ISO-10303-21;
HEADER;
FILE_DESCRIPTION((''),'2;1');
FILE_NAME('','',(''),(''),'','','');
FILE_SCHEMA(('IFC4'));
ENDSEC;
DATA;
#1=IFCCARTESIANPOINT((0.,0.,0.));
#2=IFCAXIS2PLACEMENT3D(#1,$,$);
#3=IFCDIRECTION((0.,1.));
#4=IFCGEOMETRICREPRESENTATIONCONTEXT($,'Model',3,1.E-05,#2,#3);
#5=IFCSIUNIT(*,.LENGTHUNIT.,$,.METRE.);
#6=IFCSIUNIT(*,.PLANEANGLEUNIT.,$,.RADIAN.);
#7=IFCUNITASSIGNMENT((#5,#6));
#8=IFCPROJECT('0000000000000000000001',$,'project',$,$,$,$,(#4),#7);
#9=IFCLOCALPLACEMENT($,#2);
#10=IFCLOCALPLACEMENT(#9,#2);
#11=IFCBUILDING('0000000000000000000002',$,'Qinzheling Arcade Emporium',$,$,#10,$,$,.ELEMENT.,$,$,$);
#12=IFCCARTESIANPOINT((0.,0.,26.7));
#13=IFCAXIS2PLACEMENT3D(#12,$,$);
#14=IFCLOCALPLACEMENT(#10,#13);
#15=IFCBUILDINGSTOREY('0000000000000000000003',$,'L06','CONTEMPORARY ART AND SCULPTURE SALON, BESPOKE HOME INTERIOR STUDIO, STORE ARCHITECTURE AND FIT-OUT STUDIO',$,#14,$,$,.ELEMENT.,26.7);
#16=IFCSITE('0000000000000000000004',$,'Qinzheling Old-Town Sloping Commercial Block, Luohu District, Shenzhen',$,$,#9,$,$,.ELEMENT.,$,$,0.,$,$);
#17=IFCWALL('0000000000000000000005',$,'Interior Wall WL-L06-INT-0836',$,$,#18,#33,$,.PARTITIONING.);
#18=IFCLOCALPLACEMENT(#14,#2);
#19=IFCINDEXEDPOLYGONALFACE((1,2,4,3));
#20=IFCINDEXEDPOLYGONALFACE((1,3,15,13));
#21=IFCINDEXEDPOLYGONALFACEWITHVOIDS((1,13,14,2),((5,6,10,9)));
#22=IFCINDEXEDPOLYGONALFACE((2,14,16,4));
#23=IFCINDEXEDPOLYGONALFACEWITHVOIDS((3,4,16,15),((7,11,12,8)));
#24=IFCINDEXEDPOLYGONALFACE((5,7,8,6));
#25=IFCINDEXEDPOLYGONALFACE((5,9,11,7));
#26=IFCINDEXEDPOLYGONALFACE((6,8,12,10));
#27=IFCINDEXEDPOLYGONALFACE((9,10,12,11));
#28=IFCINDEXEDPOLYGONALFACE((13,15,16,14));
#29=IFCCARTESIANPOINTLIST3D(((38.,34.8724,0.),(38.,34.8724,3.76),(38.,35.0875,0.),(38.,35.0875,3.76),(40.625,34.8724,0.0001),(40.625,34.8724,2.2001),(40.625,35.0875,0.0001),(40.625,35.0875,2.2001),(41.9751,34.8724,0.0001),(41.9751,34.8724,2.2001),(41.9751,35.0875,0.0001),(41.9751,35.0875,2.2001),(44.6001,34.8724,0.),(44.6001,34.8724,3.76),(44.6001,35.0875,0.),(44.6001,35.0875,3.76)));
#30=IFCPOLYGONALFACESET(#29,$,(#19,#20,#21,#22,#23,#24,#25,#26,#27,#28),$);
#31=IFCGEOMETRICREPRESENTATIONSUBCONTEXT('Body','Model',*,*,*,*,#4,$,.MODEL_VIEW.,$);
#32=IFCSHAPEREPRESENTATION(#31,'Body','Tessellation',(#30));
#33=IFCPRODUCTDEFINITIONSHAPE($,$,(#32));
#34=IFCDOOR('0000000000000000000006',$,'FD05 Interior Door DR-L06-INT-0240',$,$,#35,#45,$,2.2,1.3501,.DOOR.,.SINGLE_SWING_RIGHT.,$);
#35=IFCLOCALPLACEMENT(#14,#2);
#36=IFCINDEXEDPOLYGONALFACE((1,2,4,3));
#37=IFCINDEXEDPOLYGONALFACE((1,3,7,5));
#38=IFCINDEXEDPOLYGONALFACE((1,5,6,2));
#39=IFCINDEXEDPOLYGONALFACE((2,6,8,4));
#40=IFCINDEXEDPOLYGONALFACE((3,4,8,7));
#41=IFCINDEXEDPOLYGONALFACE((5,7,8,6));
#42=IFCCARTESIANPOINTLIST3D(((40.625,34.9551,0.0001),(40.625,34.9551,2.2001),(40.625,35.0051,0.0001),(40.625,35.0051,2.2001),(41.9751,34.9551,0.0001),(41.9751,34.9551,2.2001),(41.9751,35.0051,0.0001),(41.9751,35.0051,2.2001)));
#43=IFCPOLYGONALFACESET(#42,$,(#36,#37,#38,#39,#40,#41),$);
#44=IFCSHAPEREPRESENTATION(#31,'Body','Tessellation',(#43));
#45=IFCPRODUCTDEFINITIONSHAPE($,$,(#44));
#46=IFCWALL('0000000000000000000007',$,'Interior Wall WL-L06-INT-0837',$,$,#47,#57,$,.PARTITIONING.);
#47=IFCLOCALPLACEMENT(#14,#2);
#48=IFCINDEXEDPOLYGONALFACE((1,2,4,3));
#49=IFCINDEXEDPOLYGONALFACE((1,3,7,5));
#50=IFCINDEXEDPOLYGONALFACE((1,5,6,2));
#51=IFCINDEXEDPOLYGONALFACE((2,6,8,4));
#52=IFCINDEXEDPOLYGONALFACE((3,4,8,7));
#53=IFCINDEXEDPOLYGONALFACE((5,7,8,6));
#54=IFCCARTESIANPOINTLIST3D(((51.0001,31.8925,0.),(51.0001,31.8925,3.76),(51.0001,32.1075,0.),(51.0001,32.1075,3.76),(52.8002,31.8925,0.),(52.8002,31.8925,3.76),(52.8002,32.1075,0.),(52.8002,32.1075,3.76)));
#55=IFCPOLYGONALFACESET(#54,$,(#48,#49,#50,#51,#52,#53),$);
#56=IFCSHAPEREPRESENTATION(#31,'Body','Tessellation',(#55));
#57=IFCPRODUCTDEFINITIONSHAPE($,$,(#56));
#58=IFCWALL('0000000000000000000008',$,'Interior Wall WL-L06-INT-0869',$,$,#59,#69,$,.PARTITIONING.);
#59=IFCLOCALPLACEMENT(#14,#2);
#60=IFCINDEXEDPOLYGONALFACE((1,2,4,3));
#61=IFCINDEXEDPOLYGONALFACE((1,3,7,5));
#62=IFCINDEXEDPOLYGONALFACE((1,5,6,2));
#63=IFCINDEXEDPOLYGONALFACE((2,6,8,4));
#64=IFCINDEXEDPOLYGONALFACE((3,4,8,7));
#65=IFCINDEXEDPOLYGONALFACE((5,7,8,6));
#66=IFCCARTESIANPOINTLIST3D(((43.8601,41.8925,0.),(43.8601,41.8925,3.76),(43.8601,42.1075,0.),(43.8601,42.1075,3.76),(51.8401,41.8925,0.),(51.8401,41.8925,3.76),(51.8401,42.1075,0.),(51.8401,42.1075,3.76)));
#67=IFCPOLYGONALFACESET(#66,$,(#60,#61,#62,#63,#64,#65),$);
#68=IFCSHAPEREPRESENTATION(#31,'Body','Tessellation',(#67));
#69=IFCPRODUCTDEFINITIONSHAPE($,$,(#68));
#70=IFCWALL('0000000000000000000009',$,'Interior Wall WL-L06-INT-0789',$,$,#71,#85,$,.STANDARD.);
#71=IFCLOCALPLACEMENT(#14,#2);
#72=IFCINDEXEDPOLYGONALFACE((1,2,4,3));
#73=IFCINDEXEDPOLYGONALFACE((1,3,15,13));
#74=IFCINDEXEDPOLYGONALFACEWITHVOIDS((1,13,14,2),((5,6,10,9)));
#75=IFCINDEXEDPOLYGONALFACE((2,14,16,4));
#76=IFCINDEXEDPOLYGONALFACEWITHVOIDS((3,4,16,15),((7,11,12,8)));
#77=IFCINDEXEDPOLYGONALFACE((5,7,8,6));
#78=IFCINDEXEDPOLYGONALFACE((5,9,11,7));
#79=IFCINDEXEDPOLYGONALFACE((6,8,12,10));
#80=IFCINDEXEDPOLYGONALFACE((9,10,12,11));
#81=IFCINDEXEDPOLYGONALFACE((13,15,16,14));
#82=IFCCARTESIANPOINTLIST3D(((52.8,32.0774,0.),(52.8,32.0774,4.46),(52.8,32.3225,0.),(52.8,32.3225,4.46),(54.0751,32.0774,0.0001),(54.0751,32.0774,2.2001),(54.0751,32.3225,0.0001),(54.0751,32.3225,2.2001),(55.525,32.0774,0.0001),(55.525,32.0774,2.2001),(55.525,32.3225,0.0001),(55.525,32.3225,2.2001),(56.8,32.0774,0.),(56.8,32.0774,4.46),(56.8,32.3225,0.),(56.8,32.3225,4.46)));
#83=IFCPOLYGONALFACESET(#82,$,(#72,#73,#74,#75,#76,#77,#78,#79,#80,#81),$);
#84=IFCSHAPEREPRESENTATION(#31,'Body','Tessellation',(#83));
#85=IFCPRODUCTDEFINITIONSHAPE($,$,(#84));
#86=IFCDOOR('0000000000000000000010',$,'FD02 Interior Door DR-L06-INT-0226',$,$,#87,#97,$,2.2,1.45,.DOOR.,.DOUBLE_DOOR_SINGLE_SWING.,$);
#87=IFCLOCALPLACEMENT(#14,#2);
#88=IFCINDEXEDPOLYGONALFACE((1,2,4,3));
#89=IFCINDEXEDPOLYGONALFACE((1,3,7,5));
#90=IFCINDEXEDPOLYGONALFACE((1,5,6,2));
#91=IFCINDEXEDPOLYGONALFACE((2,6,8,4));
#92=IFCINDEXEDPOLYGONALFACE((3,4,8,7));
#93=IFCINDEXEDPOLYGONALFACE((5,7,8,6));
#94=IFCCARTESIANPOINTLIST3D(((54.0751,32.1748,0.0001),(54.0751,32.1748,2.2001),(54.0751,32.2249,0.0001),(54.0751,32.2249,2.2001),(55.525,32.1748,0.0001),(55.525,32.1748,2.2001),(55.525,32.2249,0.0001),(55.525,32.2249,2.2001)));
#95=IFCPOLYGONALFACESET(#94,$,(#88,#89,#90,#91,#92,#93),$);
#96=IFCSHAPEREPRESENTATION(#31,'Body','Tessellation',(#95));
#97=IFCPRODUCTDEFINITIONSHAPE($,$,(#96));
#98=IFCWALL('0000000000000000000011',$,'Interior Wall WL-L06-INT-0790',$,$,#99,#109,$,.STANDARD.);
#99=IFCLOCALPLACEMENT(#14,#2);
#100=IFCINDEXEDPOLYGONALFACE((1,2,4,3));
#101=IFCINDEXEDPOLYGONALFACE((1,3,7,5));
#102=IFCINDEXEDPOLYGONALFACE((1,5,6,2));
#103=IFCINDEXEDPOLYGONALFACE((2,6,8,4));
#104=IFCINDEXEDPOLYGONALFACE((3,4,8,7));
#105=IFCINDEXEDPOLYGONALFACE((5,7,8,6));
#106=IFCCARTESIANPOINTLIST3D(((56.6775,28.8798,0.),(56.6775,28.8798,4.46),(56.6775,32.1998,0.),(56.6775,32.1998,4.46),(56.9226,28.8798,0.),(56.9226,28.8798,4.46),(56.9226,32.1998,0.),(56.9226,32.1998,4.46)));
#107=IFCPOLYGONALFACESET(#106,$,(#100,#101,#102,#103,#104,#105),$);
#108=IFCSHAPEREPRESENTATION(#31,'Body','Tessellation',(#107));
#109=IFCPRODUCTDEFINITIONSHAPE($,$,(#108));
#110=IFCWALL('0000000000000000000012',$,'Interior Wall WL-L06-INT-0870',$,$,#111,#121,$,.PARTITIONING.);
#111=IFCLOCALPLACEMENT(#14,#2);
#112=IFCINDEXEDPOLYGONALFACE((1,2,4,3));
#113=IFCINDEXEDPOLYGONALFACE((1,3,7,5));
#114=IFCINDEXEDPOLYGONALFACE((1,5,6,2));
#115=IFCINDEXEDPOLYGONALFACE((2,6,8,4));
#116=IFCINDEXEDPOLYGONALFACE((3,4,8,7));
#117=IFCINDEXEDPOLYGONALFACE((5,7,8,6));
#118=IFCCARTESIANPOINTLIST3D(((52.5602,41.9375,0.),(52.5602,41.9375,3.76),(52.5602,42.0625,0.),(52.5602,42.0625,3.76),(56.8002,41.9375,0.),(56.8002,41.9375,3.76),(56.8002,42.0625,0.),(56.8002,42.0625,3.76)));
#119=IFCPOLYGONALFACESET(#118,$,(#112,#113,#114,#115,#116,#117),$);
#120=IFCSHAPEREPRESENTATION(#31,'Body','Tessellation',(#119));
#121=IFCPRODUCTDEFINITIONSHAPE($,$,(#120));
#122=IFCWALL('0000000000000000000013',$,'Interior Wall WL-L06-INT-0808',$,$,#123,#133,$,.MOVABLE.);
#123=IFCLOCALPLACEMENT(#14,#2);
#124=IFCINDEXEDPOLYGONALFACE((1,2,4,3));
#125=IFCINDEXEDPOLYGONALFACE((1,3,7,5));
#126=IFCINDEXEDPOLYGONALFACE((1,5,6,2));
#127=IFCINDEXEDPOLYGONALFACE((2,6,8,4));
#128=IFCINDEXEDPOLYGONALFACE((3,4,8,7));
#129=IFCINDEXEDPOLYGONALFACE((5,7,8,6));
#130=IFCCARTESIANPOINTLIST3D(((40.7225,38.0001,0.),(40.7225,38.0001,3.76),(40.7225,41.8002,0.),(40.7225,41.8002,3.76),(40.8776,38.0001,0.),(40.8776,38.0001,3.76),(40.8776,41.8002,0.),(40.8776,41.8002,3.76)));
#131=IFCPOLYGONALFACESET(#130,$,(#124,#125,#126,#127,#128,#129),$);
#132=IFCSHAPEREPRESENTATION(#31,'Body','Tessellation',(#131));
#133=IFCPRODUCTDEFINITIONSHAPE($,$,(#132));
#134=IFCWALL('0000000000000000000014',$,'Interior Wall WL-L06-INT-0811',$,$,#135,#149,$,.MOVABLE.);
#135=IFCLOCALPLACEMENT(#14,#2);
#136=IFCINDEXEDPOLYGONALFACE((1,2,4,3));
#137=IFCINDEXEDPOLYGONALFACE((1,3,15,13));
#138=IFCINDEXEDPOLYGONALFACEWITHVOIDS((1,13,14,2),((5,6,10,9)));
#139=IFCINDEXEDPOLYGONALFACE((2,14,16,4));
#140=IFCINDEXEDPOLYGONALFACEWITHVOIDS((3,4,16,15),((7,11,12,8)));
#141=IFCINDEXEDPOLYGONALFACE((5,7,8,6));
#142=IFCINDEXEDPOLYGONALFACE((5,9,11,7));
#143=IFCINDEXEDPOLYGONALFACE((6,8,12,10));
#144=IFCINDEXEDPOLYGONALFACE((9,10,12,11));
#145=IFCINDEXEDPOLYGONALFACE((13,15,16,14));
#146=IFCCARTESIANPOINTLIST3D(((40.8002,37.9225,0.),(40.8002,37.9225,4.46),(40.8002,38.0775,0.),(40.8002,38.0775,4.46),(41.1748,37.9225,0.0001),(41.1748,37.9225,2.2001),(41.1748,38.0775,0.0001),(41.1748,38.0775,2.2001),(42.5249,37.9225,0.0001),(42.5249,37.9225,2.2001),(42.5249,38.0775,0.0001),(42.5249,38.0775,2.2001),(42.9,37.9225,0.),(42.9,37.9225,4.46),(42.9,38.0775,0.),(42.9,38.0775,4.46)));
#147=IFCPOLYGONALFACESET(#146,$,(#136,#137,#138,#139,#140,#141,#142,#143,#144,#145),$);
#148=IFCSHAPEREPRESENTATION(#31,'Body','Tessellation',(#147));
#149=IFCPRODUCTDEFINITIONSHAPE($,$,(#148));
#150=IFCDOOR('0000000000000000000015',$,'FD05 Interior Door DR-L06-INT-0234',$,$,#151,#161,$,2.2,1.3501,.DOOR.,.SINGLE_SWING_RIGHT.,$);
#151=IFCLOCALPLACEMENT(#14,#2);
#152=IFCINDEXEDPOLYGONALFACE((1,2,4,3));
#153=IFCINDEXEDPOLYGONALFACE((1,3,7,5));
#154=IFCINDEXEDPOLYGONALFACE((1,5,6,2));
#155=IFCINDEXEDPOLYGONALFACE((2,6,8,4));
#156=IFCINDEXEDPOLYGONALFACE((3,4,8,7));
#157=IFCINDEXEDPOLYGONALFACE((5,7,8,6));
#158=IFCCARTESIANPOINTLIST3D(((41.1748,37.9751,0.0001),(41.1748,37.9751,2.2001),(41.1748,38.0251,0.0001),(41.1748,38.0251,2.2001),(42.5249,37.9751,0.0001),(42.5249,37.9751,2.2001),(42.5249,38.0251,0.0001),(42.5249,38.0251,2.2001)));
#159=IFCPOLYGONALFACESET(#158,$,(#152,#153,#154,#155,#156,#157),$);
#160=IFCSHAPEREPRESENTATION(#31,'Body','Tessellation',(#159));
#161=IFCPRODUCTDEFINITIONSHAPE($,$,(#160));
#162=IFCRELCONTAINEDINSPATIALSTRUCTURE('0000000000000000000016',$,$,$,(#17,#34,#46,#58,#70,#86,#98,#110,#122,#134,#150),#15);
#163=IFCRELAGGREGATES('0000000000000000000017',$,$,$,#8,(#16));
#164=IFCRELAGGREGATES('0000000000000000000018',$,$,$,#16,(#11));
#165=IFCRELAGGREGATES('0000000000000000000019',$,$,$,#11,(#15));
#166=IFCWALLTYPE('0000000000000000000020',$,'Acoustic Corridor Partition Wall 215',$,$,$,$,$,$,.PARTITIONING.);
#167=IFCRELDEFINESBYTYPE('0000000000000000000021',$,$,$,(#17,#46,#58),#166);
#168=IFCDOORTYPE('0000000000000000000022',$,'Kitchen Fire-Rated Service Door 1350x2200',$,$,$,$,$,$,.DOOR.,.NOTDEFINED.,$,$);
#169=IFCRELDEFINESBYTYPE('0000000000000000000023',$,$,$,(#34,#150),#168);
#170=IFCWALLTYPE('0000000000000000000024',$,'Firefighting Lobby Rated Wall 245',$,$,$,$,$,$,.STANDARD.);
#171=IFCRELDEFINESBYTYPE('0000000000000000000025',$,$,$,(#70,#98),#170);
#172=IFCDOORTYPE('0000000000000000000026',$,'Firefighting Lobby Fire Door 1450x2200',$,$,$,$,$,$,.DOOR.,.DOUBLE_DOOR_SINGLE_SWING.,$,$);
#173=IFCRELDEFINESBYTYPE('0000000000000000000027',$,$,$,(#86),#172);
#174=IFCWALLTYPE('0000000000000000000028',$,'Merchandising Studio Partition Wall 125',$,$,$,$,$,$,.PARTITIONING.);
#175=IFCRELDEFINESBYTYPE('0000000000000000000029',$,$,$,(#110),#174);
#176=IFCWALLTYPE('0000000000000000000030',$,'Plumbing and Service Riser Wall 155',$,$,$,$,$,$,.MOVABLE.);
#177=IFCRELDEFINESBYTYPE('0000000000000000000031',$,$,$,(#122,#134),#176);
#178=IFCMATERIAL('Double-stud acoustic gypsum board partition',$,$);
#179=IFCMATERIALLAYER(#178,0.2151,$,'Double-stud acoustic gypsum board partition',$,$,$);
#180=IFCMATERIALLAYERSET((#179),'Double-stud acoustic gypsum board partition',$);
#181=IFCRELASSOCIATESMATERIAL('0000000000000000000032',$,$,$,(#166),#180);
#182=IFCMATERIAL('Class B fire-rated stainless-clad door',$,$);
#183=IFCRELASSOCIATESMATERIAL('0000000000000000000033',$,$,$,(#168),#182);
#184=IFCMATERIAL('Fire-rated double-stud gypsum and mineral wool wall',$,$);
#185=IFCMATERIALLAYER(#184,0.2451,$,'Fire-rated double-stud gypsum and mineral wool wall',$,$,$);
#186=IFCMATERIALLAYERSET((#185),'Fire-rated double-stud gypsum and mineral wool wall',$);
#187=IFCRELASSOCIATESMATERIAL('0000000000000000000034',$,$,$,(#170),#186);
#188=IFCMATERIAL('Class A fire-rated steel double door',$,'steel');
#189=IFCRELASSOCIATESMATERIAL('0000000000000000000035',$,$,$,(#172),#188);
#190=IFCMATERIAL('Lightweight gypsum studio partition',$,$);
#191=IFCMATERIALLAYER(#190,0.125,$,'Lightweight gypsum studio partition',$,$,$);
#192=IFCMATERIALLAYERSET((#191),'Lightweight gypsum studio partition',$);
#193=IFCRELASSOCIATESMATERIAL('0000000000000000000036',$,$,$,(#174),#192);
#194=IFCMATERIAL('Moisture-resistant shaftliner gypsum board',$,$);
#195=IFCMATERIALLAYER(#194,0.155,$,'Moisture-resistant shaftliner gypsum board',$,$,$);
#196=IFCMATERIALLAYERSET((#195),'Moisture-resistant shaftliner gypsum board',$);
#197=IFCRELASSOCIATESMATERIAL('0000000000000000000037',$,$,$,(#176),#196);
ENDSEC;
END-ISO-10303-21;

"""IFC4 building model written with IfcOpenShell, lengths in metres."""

from ifc_helpers import new_model, si_unit, direction, frame, frame_2d, origin, place, context, subcontext, project, spatial, rectangle, extrude, material, layer, layer_set, type_object, element, fill, save


model = new_model("IFC4")

# Units and contexts
model_context = context("Model", 3, precision=1e-05, world=origin(), true_north=direction((0.0, 1.0)))
body_context = subcontext(model_context, "Body", "Model", "MODEL_VIEW")
ifc_project = project(units=[si_unit("LENGTHUNIT", "METRE"), si_unit("PLANEANGLEUNIT", "RADIAN")], contexts=[model_context])

# Site, building, storey
site_placement = place(None, origin())
site = spatial("IfcSite", under=ifc_project, at=site_placement, Name="Qinzheling Old-Town Sloping Commercial Block, Luohu District, Shenzhen", CompositionType="ELEMENT", RefElevation=0.0)
building_placement = place(site_placement, origin())
building = spatial("IfcBuilding", under=site, at=building_placement, Name="Qinzheling Arcade Emporium", CompositionType="ELEMENT")
storey_placement = place(building_placement, frame((0.0, 0.0, 26.7)))
storey = spatial("IfcBuildingStorey", under=building, at=storey_placement, Name="L06", Description="CONTEMPORARY ART AND SCULPTURE SALON, BESPOKE HOME INTERIOR STUDIO, STORE ARCHITECTURE AND FIT-OUT STUDIO", CompositionType="ELEMENT", Elevation=26.7)

# Shared definitions
ifc_material_1 = material(Name="Double-stud acoustic gypsum board partition")
ifc_layer_1 = layer(ifc_material_1, 0.2151, Name="Double-stud acoustic gypsum board partition")
ifc_layer_set_1 = layer_set([ifc_layer_1], Name="Double-stud acoustic gypsum board partition")
wall_type_1 = type_object("IfcWallType", Name="Acoustic Corridor Partition Wall 215", PredefinedType="PARTITIONING", material=ifc_layer_set_1)

# Wall, opening, door
wall_1_placement = place(storey_placement, frame((44.6001, 34.98, 0.0), z_axis=(0.0, 0.0, 1.0), x_axis=(-1.0, 0.0, 0.0)))
wall_1 = element("IfcWall", 1, at=wall_1_placement, inside=storey, type_object=wall_type_1, Name="Interior Wall WL-L06-INT-0836", PredefinedType="PARTITIONING", context=body_context, shape_type="SweptSolid", body=[
    extrude(rectangle(XDim=6.6001, YDim=0.2151, at=frame_2d((3.3, 0.0))), origin(), (0.0, 0.0, 1.0), 3.76),
])
opening_1_placement = place(wall_1_placement, frame((2.625, 0.0, 0.0)))
opening_1 = element("IfcOpeningElement", 2, at=opening_1_placement, cuts=wall_1, PredefinedType="OPENING", context=body_context, shape_type="SweptSolid", body=[
    extrude(rectangle(XDim=1.3501, YDim=2.2, at=frame_2d((0.675, 1.1001))), frame((0.0, 0.1177, 0.0), z_axis=(0.0, -1.0, 0.0), x_axis=(1.0, 0.0, 0.0)), (0.0, 0.0, 1.0), 0.2351),
])
ifc_material_2 = material(Name="Class B fire-rated stainless-clad door")
door_type_1 = type_object("IfcDoorType", Name="Kitchen Fire-Rated Service Door 1350x2200", OperationType="NOTDEFINED", PredefinedType="DOOR", material=ifc_material_2)
door_1_placement = place(opening_1_placement, origin())
door_1 = element("IfcDoor", 3, at=door_1_placement, inside=storey, type_object=door_type_1, Name="FD05 Interior Door DR-L06-INT-0240", OperationType="SINGLE_SWING_RIGHT", OverallHeight=2.2, OverallWidth=1.3501, PredefinedType="DOOR", context=body_context, shape_type="SweptSolid", body=[
    extrude(rectangle(XDim=1.3501, YDim=2.2, at=frame_2d((0.675, 1.1001))), frame((0.0, 0.0249, 0.0), z_axis=(0.0, -1.0, 0.0), x_axis=(1.0, 0.0, 0.0)), (0.0, 0.0, 1.0), 0.05),
])
fill(opening_1, door_1)

# Walls
wall_2_placement = place(storey_placement, frame((52.8, 32.0, 0.0), z_axis=(0.0, 0.0, 1.0), x_axis=(-1.0, 0.0, 0.0)))
element("IfcWall", 4, at=wall_2_placement, inside=storey, type_object=wall_type_1, Name="Interior Wall WL-L06-INT-0837", PredefinedType="PARTITIONING", context=body_context, shape_type="SweptSolid", body=[
    extrude(rectangle(XDim=1.8, YDim=0.2151, at=frame_2d((0.8999, 0.0))), origin(), (0.0, 0.0, 1.0), 3.76),
])
wall_3_placement = place(storey_placement, frame((43.8601, 42.0, 0.0), z_axis=(0.0, 0.0, 1.0), x_axis=(1.0, 0.0, 0.0)))
element("IfcWall", 5, at=wall_3_placement, inside=storey, type_object=wall_type_1, Name="Interior Wall WL-L06-INT-0869", PredefinedType="PARTITIONING", context=body_context, shape_type="SweptSolid", body=[
    extrude(rectangle(XDim=7.98, YDim=0.2151, at=frame_2d((3.99, 0.0))), origin(), (0.0, 0.0, 1.0), 3.76),
])

# Wall, opening, door
ifc_material_3 = material(Name="Fire-rated double-stud gypsum and mineral wool wall")
ifc_layer_2 = layer(ifc_material_3, 0.2451, Name="Fire-rated double-stud gypsum and mineral wool wall")
ifc_layer_set_2 = layer_set([ifc_layer_2], Name="Fire-rated double-stud gypsum and mineral wool wall")
wall_type_2 = type_object("IfcWallType", Name="Firefighting Lobby Rated Wall 245", PredefinedType="STANDARD", material=ifc_layer_set_2)
wall_4_placement = place(storey_placement, frame((52.8, 32.2, 0.0), z_axis=(0.0, 0.0, 1.0), x_axis=(1.0, 0.0, 0.0)))
wall_4 = element("IfcWall", 6, at=wall_4_placement, inside=storey, type_object=wall_type_2, Name="Interior Wall WL-L06-INT-0789", PredefinedType="STANDARD", context=body_context, shape_type="SweptSolid", body=[
    extrude(rectangle(XDim=4.0, YDim=0.2451, at=frame_2d((2.0, 0.0))), origin(), (0.0, 0.0, 1.0), 4.46),
])
opening_2_placement = place(wall_4_placement, frame((1.2749, 0.0, 0.0)))
opening_2 = element("IfcOpeningElement", 7, at=opening_2_placement, cuts=wall_4, PredefinedType="OPENING", context=body_context, shape_type="SweptSolid", body=[
    extrude(rectangle(XDim=1.45, YDim=2.2, at=frame_2d((0.7251, 1.1001))), frame((0.0, 0.1326, 0.0), z_axis=(0.0, -1.0, 0.0), x_axis=(1.0, 0.0, 0.0)), (0.0, 0.0, 1.0), 0.2651),
])
ifc_material_4 = material(Name="Class A fire-rated steel double door", Category="steel")
door_type_2 = type_object("IfcDoorType", Name="Firefighting Lobby Fire Door 1450x2200", OperationType="DOUBLE_DOOR_SINGLE_SWING", PredefinedType="DOOR", material=ifc_material_4)
door_2_placement = place(opening_2_placement, origin())
door_2 = element("IfcDoor", 8, at=door_2_placement, inside=storey, type_object=door_type_2, Name="FD02 Interior Door DR-L06-INT-0226", OperationType="DOUBLE_DOOR_SINGLE_SWING", OverallHeight=2.2, OverallWidth=1.45, PredefinedType="DOOR", context=body_context, shape_type="SweptSolid", body=[
    extrude(rectangle(XDim=1.45, YDim=2.2, at=frame_2d((0.7251, 1.1001))), frame((0.0, 0.0249, 0.0), z_axis=(0.0, -1.0, 0.0), x_axis=(1.0, 0.0, 0.0)), (0.0, 0.0, 1.0), 0.05),
])
fill(opening_2, door_2)

# Walls
wall_5_placement = place(storey_placement, frame((56.8, 32.2, 0.0), z_axis=(0.0, 0.0, 1.0), x_axis=(0.0, -1.0, 0.0)))
element("IfcWall", 9, at=wall_5_placement, inside=storey, type_object=wall_type_2, Name="Interior Wall WL-L06-INT-0790", PredefinedType="STANDARD", context=body_context, shape_type="SweptSolid", body=[
    extrude(rectangle(XDim=3.3201, YDim=0.2451, at=frame_2d((1.6602, 0.0))), origin(), (0.0, 0.0, 1.0), 4.46),
])
ifc_material_5 = material(Name="Lightweight gypsum studio partition")
ifc_layer_3 = layer(ifc_material_5, 0.125, Name="Lightweight gypsum studio partition")
ifc_layer_set_3 = layer_set([ifc_layer_3], Name="Lightweight gypsum studio partition")
wall_type_3 = type_object("IfcWallType", Name="Merchandising Studio Partition Wall 125", PredefinedType="PARTITIONING", material=ifc_layer_set_3)
wall_6_placement = place(storey_placement, frame((52.5601, 42.0, 0.0), z_axis=(0.0, 0.0, 1.0), x_axis=(1.0, 0.0, 0.0)))
element("IfcWall", 10, at=wall_6_placement, inside=storey, type_object=wall_type_3, Name="Interior Wall WL-L06-INT-0870", PredefinedType="PARTITIONING", context=body_context, shape_type="SweptSolid", body=[
    extrude(rectangle(XDim=4.24, YDim=0.125, at=frame_2d((2.1201, 0.0))), origin(), (0.0, 0.0, 1.0), 3.76),
])
ifc_material_6 = material(Name="Moisture-resistant shaftliner gypsum board")
ifc_layer_4 = layer(ifc_material_6, 0.155, Name="Moisture-resistant shaftliner gypsum board")
ifc_layer_set_4 = layer_set([ifc_layer_4], Name="Moisture-resistant shaftliner gypsum board")
wall_type_4 = type_object("IfcWallType", Name="Plumbing and Service Riser Wall 155", PredefinedType="MOVABLE", material=ifc_layer_set_4)
wall_7_placement = place(storey_placement, frame((40.8, 41.8, 0.0), z_axis=(0.0, 0.0, 1.0), x_axis=(0.0, -1.0, 0.0)))
element("IfcWall", 11, at=wall_7_placement, inside=storey, type_object=wall_type_4, Name="Interior Wall WL-L06-INT-0808", PredefinedType="MOVABLE", context=body_context, shape_type="SweptSolid", body=[
    extrude(rectangle(XDim=3.8, YDim=0.155, at=frame_2d((1.8999, 0.0))), origin(), (0.0, 0.0, 1.0), 3.76),
])

# Wall, opening, door
wall_8_placement = place(storey_placement, frame((42.8999, 38.0, 0.0), z_axis=(0.0, 0.0, 1.0), x_axis=(-1.0, 0.0, 0.0)))
wall_8 = element("IfcWall", 12, at=wall_8_placement, inside=storey, type_object=wall_type_4, Name="Interior Wall WL-L06-INT-0811", PredefinedType="MOVABLE", context=body_context, shape_type="SweptSolid", body=[
    extrude(rectangle(XDim=2.0999, YDim=0.155, at=frame_2d((1.0498, 0.0))), origin(), (0.0, 0.0, 1.0), 4.46),
])
opening_3_placement = place(wall_8_placement, frame((0.375, 0.0, 0.0)))
opening_3 = element("IfcOpeningElement", 13, at=opening_3_placement, cuts=wall_8, PredefinedType="OPENING", context=body_context, shape_type="SweptSolid", body=[
    extrude(rectangle(XDim=1.3501, YDim=2.2, at=frame_2d((0.675, 1.1001))), frame((0.0, 0.0874, 0.0), z_axis=(0.0, -1.0, 0.0), x_axis=(1.0, 0.0, 0.0)), (0.0, 0.0, 1.0), 0.175),
])
door_3_placement = place(opening_3_placement, origin())
door_3 = element("IfcDoor", 14, at=door_3_placement, inside=storey, type_object=door_type_1, Name="FD05 Interior Door DR-L06-INT-0234", OperationType="SINGLE_SWING_RIGHT", OverallHeight=2.2, OverallWidth=1.3501, PredefinedType="DOOR", context=body_context, shape_type="SweptSolid", body=[
    extrude(rectangle(XDim=1.3501, YDim=2.2, at=frame_2d((0.675, 1.1001))), frame((0.0, 0.0249, 0.0), z_axis=(0.0, -1.0, 0.0), x_axis=(1.0, 0.0, 0.0)), (0.0, 0.0, 1.0), 0.05),
])
fill(opening_3, door_3)

save(model, "model.ifc")
